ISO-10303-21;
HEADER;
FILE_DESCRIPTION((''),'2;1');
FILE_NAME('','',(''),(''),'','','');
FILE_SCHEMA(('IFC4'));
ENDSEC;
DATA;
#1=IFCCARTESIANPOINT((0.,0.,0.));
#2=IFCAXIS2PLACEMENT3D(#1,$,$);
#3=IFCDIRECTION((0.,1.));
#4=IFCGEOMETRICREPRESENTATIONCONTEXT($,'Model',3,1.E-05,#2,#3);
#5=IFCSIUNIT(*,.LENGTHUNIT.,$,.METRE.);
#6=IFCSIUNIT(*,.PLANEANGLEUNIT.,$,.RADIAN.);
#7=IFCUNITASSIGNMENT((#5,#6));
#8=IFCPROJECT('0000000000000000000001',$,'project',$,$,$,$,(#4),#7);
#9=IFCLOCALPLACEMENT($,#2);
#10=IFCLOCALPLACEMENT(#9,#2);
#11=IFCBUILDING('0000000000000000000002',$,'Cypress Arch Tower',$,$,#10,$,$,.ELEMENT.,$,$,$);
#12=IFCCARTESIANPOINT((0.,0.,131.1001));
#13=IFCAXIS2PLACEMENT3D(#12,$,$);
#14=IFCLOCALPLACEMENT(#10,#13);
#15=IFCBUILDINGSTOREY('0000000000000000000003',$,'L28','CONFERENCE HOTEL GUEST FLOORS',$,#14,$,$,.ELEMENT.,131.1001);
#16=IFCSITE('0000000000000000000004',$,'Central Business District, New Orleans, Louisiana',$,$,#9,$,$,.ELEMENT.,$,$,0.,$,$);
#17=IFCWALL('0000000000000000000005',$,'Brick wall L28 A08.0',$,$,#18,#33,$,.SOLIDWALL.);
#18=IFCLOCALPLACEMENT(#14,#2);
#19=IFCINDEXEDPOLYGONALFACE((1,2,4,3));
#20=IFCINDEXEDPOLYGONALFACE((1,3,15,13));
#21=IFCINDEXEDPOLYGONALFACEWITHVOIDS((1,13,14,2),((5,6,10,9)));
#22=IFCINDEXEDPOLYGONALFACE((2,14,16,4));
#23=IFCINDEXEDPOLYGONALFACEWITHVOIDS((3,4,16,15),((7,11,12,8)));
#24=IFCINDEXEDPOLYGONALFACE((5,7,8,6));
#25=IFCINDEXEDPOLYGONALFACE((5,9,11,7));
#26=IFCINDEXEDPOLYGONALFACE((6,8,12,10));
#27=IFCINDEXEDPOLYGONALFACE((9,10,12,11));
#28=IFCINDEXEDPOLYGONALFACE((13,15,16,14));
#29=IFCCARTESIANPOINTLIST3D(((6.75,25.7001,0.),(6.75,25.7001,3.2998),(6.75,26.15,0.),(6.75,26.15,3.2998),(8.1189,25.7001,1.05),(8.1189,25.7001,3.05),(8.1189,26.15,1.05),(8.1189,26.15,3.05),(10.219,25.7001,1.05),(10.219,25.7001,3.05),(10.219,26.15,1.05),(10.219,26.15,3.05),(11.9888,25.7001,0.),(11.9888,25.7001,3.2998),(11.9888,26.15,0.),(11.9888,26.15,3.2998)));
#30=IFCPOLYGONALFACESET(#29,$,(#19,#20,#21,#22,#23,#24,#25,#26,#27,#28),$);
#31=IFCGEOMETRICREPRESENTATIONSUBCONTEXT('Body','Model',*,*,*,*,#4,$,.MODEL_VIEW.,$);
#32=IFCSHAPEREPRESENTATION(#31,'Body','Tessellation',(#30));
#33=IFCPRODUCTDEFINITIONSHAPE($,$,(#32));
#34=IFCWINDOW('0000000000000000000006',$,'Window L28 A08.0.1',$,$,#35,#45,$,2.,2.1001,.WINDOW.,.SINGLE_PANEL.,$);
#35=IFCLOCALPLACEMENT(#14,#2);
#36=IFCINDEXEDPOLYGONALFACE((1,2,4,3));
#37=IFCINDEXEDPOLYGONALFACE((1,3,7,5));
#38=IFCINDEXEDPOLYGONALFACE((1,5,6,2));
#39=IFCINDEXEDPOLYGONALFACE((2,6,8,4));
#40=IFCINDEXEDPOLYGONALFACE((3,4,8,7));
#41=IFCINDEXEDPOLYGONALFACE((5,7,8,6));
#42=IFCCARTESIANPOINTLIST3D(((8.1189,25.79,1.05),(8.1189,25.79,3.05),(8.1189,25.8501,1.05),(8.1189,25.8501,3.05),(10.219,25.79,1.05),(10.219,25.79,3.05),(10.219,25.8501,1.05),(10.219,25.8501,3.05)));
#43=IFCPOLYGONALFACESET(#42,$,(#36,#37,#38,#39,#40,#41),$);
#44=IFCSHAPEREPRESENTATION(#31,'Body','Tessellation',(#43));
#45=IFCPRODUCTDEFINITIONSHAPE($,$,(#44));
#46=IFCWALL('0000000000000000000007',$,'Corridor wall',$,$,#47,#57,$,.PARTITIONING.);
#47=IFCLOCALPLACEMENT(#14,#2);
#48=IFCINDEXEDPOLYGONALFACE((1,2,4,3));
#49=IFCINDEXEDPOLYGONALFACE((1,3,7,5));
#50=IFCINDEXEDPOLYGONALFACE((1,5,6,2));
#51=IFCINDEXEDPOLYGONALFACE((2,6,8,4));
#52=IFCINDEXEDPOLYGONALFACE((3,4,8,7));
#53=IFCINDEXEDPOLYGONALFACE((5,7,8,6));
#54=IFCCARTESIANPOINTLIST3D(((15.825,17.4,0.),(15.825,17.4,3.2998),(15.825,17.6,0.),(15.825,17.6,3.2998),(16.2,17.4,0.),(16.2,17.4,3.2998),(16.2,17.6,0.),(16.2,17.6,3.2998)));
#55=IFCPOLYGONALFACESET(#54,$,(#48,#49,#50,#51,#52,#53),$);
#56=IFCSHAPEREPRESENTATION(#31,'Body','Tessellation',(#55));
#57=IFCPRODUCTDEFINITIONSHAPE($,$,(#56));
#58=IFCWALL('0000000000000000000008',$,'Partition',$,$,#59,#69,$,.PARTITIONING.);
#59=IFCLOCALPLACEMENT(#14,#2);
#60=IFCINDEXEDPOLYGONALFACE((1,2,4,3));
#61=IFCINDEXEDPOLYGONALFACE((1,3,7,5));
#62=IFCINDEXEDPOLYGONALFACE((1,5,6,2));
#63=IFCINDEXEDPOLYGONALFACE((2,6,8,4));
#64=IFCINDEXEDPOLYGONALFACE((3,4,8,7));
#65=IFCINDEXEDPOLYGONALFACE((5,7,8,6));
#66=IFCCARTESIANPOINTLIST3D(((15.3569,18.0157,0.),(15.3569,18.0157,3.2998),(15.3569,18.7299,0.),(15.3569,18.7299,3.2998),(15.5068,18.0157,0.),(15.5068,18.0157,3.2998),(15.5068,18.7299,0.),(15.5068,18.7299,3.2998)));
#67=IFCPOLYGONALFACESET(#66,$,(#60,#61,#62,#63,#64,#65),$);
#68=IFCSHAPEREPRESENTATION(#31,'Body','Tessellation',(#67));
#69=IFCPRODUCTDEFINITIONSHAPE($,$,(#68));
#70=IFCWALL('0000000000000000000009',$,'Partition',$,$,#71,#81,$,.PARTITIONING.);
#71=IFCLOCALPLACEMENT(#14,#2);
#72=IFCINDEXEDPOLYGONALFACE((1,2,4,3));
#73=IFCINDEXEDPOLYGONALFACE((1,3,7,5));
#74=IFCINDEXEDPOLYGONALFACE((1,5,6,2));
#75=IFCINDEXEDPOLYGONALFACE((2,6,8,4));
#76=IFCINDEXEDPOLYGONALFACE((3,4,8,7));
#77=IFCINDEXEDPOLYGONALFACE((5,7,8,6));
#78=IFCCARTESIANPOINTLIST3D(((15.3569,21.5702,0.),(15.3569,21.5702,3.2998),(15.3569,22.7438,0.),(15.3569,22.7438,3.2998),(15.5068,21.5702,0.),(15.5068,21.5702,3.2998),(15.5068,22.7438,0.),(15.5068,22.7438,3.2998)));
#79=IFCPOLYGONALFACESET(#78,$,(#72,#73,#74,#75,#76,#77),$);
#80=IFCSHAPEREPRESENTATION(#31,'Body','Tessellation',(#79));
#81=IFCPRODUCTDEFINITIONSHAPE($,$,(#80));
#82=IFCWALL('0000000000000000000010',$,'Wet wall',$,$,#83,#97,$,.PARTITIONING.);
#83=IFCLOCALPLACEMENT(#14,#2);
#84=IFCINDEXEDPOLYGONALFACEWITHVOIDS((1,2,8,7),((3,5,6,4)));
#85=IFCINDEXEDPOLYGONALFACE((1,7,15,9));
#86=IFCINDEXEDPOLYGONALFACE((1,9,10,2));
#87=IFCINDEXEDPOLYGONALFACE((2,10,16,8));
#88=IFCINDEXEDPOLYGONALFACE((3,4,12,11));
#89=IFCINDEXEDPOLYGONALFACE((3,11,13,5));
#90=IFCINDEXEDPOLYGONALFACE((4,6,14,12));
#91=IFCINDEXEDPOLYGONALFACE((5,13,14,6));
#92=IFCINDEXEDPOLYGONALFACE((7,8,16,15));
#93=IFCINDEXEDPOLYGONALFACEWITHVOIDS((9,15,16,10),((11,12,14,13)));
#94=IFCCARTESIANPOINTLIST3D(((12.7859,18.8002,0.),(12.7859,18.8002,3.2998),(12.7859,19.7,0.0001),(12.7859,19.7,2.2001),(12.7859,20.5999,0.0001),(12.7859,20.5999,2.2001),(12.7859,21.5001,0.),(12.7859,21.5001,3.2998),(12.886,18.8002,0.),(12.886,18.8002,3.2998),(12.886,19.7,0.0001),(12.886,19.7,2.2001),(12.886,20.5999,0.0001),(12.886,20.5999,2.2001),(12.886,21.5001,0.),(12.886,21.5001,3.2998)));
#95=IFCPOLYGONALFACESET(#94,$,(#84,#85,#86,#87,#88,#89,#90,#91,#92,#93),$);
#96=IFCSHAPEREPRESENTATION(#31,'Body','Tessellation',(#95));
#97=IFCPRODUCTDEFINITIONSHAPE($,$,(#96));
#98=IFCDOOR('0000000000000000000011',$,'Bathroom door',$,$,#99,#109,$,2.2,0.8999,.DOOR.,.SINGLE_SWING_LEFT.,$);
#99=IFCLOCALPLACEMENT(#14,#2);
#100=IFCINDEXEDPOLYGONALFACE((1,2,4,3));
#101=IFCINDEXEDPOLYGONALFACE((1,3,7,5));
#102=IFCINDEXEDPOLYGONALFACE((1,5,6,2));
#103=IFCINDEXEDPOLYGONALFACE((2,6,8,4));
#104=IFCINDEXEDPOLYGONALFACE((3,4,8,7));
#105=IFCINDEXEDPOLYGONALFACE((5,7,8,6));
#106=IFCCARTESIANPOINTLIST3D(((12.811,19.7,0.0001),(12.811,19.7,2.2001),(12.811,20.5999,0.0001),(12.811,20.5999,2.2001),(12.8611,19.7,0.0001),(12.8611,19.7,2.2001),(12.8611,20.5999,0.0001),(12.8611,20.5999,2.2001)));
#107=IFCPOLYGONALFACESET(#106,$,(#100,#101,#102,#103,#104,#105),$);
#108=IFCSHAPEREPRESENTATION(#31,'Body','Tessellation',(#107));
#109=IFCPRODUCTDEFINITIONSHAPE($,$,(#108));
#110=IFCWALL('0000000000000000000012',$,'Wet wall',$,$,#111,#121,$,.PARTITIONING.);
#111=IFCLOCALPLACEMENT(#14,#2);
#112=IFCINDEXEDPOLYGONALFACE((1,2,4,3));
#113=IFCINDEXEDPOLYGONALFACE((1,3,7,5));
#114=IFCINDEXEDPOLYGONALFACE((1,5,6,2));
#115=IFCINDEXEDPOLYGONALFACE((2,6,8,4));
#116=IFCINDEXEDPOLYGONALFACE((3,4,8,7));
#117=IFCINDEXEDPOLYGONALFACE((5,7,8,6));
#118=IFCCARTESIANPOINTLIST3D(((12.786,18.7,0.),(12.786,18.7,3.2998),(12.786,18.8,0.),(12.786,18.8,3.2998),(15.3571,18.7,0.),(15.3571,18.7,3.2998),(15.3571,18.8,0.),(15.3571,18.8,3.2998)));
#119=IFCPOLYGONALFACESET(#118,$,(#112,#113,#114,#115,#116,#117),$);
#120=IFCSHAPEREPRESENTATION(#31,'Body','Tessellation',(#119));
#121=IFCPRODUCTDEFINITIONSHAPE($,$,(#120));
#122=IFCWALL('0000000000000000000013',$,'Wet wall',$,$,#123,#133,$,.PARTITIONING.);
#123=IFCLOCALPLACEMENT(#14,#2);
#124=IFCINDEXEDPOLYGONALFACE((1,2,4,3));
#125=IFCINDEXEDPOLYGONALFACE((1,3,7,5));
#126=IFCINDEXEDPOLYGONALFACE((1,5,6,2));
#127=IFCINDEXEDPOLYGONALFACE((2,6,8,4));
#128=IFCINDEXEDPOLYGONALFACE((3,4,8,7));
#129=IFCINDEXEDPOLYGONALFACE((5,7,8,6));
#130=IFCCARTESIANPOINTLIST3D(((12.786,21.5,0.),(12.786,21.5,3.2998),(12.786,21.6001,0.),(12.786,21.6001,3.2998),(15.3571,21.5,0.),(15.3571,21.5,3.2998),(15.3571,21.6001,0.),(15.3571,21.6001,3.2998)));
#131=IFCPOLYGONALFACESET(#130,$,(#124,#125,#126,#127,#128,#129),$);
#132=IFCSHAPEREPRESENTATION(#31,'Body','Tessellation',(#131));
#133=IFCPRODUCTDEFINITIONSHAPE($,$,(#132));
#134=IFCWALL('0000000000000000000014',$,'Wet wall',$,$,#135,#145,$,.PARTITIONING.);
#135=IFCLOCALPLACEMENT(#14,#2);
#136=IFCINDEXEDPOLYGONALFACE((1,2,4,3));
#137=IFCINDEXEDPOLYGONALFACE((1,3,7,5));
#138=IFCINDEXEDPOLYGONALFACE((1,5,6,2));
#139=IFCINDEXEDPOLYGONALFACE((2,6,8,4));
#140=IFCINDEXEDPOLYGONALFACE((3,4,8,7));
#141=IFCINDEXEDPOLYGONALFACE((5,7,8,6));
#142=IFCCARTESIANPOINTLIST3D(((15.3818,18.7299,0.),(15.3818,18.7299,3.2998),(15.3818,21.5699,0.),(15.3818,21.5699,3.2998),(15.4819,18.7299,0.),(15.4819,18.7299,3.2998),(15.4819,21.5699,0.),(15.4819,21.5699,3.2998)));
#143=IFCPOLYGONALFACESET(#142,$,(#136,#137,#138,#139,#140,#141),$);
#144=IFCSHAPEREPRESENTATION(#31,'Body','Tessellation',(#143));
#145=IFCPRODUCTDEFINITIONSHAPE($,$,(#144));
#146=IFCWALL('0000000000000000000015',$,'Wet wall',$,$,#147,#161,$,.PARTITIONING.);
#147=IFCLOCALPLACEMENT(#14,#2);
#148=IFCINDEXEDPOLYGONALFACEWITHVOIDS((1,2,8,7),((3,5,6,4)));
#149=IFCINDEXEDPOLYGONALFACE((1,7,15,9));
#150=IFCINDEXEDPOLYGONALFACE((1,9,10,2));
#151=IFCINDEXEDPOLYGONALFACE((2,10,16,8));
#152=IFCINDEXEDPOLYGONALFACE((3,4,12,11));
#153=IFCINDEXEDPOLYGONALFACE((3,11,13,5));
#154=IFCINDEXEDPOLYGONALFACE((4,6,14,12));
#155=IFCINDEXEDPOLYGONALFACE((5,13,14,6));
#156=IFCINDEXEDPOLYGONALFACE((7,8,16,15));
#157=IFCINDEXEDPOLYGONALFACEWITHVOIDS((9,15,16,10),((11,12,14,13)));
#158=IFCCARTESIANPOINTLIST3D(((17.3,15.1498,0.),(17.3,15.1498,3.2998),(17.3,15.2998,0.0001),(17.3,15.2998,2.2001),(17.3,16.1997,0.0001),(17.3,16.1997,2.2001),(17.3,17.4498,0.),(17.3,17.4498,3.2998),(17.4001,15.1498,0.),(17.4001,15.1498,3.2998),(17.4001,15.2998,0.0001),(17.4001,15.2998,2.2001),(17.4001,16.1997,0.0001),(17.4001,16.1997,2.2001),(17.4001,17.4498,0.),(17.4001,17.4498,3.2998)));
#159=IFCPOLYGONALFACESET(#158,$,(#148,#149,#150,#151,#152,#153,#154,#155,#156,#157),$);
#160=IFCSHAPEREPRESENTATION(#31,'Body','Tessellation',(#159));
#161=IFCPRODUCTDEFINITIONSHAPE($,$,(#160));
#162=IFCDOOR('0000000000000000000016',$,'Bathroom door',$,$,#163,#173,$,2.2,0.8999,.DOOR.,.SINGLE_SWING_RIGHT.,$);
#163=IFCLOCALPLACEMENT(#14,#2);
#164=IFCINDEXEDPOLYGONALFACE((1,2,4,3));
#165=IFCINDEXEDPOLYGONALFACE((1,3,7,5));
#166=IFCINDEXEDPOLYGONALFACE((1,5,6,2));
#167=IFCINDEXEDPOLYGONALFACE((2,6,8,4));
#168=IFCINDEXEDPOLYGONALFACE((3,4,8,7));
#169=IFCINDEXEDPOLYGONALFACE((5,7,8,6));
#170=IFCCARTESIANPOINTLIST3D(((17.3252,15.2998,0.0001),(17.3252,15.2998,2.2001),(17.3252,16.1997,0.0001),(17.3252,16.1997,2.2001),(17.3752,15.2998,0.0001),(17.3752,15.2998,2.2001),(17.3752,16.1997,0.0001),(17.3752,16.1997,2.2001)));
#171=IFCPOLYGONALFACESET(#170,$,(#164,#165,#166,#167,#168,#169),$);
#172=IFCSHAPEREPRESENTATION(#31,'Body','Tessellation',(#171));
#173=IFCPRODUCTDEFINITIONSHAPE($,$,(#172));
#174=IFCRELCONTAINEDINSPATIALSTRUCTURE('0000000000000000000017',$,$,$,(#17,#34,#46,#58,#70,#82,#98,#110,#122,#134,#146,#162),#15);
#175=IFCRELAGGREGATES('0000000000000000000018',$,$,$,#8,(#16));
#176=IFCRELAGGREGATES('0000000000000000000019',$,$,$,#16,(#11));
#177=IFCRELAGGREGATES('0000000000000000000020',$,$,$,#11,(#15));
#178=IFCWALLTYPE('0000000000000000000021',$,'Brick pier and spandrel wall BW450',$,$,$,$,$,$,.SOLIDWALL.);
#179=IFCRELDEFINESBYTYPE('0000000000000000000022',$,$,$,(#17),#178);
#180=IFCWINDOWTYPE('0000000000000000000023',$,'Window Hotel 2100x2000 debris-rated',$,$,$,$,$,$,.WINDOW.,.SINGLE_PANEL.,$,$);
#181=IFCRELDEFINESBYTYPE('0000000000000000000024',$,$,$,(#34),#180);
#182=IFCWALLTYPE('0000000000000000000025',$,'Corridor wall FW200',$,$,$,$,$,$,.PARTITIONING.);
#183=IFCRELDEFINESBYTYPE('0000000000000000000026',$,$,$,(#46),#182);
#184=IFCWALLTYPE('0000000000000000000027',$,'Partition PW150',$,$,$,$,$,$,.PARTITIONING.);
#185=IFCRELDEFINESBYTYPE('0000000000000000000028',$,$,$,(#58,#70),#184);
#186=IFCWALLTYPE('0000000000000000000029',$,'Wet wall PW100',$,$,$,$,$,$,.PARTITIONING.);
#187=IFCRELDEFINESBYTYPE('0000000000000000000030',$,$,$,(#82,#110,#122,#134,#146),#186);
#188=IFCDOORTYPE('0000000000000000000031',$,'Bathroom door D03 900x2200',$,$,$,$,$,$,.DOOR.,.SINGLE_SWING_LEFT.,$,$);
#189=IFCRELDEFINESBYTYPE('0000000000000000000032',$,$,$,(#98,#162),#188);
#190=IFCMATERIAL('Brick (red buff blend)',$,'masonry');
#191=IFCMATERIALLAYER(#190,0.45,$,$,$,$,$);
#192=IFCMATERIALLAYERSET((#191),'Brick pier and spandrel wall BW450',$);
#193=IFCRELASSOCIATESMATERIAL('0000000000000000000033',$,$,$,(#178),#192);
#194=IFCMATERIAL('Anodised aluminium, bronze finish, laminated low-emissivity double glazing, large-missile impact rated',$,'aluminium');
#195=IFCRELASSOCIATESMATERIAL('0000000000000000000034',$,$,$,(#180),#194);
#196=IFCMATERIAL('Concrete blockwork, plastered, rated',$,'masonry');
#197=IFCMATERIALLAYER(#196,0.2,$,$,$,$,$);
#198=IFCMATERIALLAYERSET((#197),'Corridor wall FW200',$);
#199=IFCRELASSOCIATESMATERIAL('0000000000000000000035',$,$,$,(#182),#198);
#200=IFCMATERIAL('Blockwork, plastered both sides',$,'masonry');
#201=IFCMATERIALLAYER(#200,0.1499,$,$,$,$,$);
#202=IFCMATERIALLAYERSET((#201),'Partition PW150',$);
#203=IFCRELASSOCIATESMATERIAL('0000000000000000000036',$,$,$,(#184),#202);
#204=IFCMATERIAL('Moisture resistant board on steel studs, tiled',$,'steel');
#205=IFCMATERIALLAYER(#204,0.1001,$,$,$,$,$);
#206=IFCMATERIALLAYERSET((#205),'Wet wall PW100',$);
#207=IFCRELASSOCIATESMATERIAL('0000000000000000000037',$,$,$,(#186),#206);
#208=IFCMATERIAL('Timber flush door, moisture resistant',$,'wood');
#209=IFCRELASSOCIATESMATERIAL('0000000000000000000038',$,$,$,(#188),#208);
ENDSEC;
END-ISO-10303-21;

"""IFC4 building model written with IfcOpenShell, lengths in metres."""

from ifc_helpers import new_model, si_unit, direction, frame, frame_2d, origin, place, context, subcontext, project, spatial, rectangle, extrude, material, layer, layer_set, type_object, element, fill, save


model = new_model("IFC4")

# Units and contexts
model_context = context("Model", 3, precision=1e-05, world=origin(), true_north=direction((0.0, 1.0)))
body_context = subcontext(model_context, "Body", "Model", "MODEL_VIEW")
ifc_project = project(units=[si_unit("LENGTHUNIT", "METRE"), si_unit("PLANEANGLEUNIT", "RADIAN")], contexts=[model_context])

# Site, building, storey
site_placement = place(None, origin())
site = spatial("IfcSite", under=ifc_project, at=site_placement, Name="Central Business District, New Orleans, Louisiana", CompositionType="ELEMENT", RefElevation=0.0)
building_placement = place(site_placement, origin())
building = spatial("IfcBuilding", under=site, at=building_placement, Name="Cypress Arch Tower", CompositionType="ELEMENT")
storey_placement = place(building_placement, frame((0.0, 0.0, 131.1001)))
storey = spatial("IfcBuildingStorey", under=building, at=storey_placement, Name="L28", Description="CONFERENCE HOTEL GUEST FLOORS", CompositionType="ELEMENT", Elevation=131.1001)

# Shared definitions
ifc_material_1 = material(Name="Brick (red buff blend)", Category="masonry")
ifc_layer_1 = layer(ifc_material_1, 0.45)
ifc_layer_set_1 = layer_set([ifc_layer_1], Name="Brick pier and spandrel wall BW450")
wall_type_1 = type_object("IfcWallType", Name="Brick pier and spandrel wall BW450", PredefinedType="SOLIDWALL", material=ifc_layer_set_1)

# Wall, opening, window
wall_1_placement = place(storey_placement, frame((11.9888, 25.925, 0.0), z_axis=(0.0, 0.0, 1.0), x_axis=(-1.0, 0.0, 0.0)))
wall_1 = element("IfcWall", 1, at=wall_1_placement, inside=storey, type_object=wall_type_1, Name="Brick wall L28 A08.0", PredefinedType="SOLIDWALL", context=body_context, shape_type="SweptSolid", body=[
    extrude(rectangle(XDim=5.2388, YDim=0.45, at=frame_2d((2.6194, 0.0))), origin(), (0.0, 0.0, 1.0), 3.2998),
])
opening_1_placement = place(wall_1_placement, frame((1.7698, 0.0, 1.05)))
opening_1 = element("IfcOpeningElement", 2, at=opening_1_placement, cuts=wall_1, PredefinedType="OPENING", context=body_context, shape_type="SweptSolid", body=[
    extrude(rectangle(XDim=2.1001, YDim=2.0, at=frame_2d((1.05, 1.0))), frame((0.0, 0.2349, 0.0), z_axis=(0.0, -1.0, 0.0), x_axis=(1.0, 0.0, 0.0)), (0.0, 0.0, 1.0), 0.47),
])
ifc_material_2 = material(Name="Anodised aluminium, bronze finish, laminated low-emissivity double glazing, large-missile impact rated", Category="aluminium")
window_type_1 = type_object("IfcWindowType", Name="Window Hotel 2100x2000 debris-rated", PartitioningType="SINGLE_PANEL", PredefinedType="WINDOW", material=ifc_material_2)
window_1_placement = place(opening_1_placement, origin())
window_1 = element("IfcWindow", 3, at=window_1_placement, inside=storey, type_object=window_type_1, Name="Window L28 A08.0.1", OverallHeight=2.0, OverallWidth=2.1001, PartitioningType="SINGLE_PANEL", PredefinedType="WINDOW", context=body_context, shape_type="SweptSolid", body=[
    extrude(rectangle(XDim=2.1001, YDim=2.0, at=frame_2d((1.05, 1.0))), frame((0.0, 0.135, 0.0), z_axis=(0.0, -1.0, 0.0), x_axis=(1.0, 0.0, 0.0)), (0.0, 0.0, 1.0), 0.0601),
])
fill(opening_1, window_1)

# Walls
ifc_material_3 = material(Name="Concrete blockwork, plastered, rated", Category="masonry")
ifc_layer_2 = layer(ifc_material_3, 0.2)
ifc_layer_set_2 = layer_set([ifc_layer_2], Name="Corridor wall FW200")
wall_type_2 = type_object("IfcWallType", Name="Corridor wall FW200", PredefinedType="PARTITIONING", material=ifc_layer_set_2)
wall_2_placement = place(storey_placement, frame((15.825, 17.5, 0.0), z_axis=(0.0, 0.0, 1.0), x_axis=(1.0, 0.0, 0.0)))
element("IfcWall", 4, at=wall_2_placement, inside=storey, type_object=wall_type_2, Name="Corridor wall", PredefinedType="PARTITIONING", context=body_context, shape_type="SweptSolid", body=[
    extrude(rectangle(XDim=0.375, YDim=0.2, at=frame_2d((0.1875, 0.0))), origin(), (0.0, 0.0, 1.0), 3.2998),
])
ifc_material_4 = material(Name="Blockwork, plastered both sides", Category="masonry")
ifc_layer_3 = layer(ifc_material_4, 0.1499)
ifc_layer_set_3 = layer_set([ifc_layer_3], Name="Partition PW150")
wall_type_3 = type_object("IfcWallType", Name="Partition PW150", PredefinedType="PARTITIONING", material=ifc_layer_set_3)
wall_3_placement = place(storey_placement, frame((15.4319, 18.0159, 0.0), z_axis=(0.0, 0.0, 1.0), x_axis=(0.0, 1.0, 0.0)))
element("IfcWall", 5, at=wall_3_placement, inside=storey, type_object=wall_type_3, Name="Partition", PredefinedType="PARTITIONING", context=body_context, shape_type="SweptSolid", body=[
    extrude(rectangle(XDim=0.7141, YDim=0.1499, at=frame_2d((0.3569, 0.0))), origin(), (0.0, 0.0, 1.0), 3.2998),
])
wall_4_placement = place(storey_placement, frame((15.4319, 21.5701, 0.0), z_axis=(0.0, 0.0, 1.0), x_axis=(0.0, 1.0, 0.0)))
element("IfcWall", 6, at=wall_4_placement, inside=storey, type_object=wall_type_3, Name="Partition", PredefinedType="PARTITIONING", context=body_context, shape_type="SweptSolid", body=[
    extrude(rectangle(XDim=1.1736, YDim=0.1499, at=frame_2d((0.5869, 0.0))), origin(), (0.0, 0.0, 1.0), 3.2998),
])

# Wall, opening, door
ifc_material_5 = material(Name="Moisture resistant board on steel studs, tiled", Category="steel")
ifc_layer_4 = layer(ifc_material_5, 0.1001)
ifc_layer_set_4 = layer_set([ifc_layer_4], Name="Wet wall PW100")
wall_type_4 = type_object("IfcWallType", Name="Wet wall PW100", PredefinedType="PARTITIONING", material=ifc_layer_set_4)
wall_5_placement = place(storey_placement, frame((12.8359, 18.8, 0.0), z_axis=(0.0, 0.0, 1.0), x_axis=(0.0, 1.0, 0.0)))
wall_5 = element("IfcWall", 7, at=wall_5_placement, inside=storey, type_object=wall_type_4, Name="Wet wall", PredefinedType="PARTITIONING", context=body_context, shape_type="SweptSolid", body=[
    extrude(rectangle(XDim=2.7, YDim=0.1001, at=frame_2d((1.3501, 0.0))), origin(), (0.0, 0.0, 1.0), 3.2998),
])
opening_2_placement = place(wall_5_placement, frame((0.8999, 0.0, 0.0)))
opening_2 = element("IfcOpeningElement", 8, at=opening_2_placement, cuts=wall_5, PredefinedType="OPENING", context=body_context, shape_type="SweptSolid", body=[
    extrude(rectangle(XDim=0.8999, YDim=2.2, at=frame_2d((0.45, 1.1001))), frame((0.0, 0.0601, 0.0), z_axis=(0.0, -1.0, 0.0), x_axis=(1.0, 0.0, 0.0)), (0.0, 0.0, 1.0), 0.1201),
])
ifc_material_6 = material(Name="Timber flush door, moisture resistant", Category="wood")
door_type_1 = type_object("IfcDoorType", Name="Bathroom door D03 900x2200", OperationType="SINGLE_SWING_LEFT", PredefinedType="DOOR", material=ifc_material_6)
door_1_placement = place(opening_2_placement, origin())
door_1 = element("IfcDoor", 9, at=door_1_placement, inside=storey, type_object=door_type_1, Name="Bathroom door", OperationType="SINGLE_SWING_LEFT", OverallHeight=2.2, OverallWidth=0.8999, PredefinedType="DOOR", context=body_context, shape_type="SweptSolid", body=[
    extrude(rectangle(XDim=0.8999, YDim=2.2, at=frame_2d((0.45, 1.1001))), frame((0.0, 0.0249, 0.0), z_axis=(0.0, -1.0, 0.0), x_axis=(1.0, 0.0, 0.0)), (0.0, 0.0, 1.0), 0.05),
])
fill(opening_2, door_1)

# Walls
for number, where, z_axis, x_axis, name in (
    (10, (12.7859, 18.75, 0.0), (0.0, 0.0, 1.0), (1.0, 0.0, 0.0), "Wet wall"),
    (11, (12.7859, 21.55, 0.0), (0.0, 0.0, 1.0), (1.0, 0.0, 0.0), "Wet wall"),
):
    element("IfcWall", number, at=place(storey_placement, frame(where, z_axis=z_axis, x_axis=x_axis)), inside=storey, type_object=wall_type_4, Name=name, PredefinedType="PARTITIONING", context=body_context, shape_type="SweptSolid", body=[
        extrude(rectangle(XDim=2.571, YDim=0.1001, at=frame_2d((1.2856, 0.0))), origin(), (0.0, 0.0, 1.0), 3.2998),
    ])
wall_6_placement = place(storey_placement, frame((15.4319, 18.73, 0.0), z_axis=(0.0, 0.0, 1.0), x_axis=(0.0, 1.0, 0.0)))
element("IfcWall", 12, at=wall_6_placement, inside=storey, type_object=wall_type_4, Name="Wet wall", PredefinedType="PARTITIONING", context=body_context, shape_type="SweptSolid", body=[
    extrude(rectangle(XDim=2.8401, YDim=0.1001, at=frame_2d((1.4199, 0.0))), origin(), (0.0, 0.0, 1.0), 3.2998),
])

# Wall, opening, door
wall_7_placement = place(storey_placement, frame((17.3501, 15.1499, 0.0), z_axis=(0.0, 0.0, 1.0), x_axis=(0.0, 1.0, 0.0)))
wall_7 = element("IfcWall", 13, at=wall_7_placement, inside=storey, type_object=wall_type_4, Name="Wet wall", PredefinedType="PARTITIONING", context=body_context, shape_type="SweptSolid", body=[
    extrude(rectangle(XDim=2.3, YDim=0.1001, at=frame_2d((1.1499, 0.0))), origin(), (0.0, 0.0, 1.0), 3.2998),
])
opening_3_placement = place(wall_7_placement, frame((0.1499, 0.0, 0.0)))
opening_3 = element("IfcOpeningElement", 14, at=opening_3_placement, cuts=wall_7, PredefinedType="OPENING", context=body_context, shape_type="SweptSolid", body=[
    extrude(rectangle(XDim=0.8999, YDim=2.2, at=frame_2d((0.45, 1.1001))), frame((0.0, 0.0601, 0.0), z_axis=(0.0, -1.0, 0.0), x_axis=(1.0, 0.0, 0.0)), (0.0, 0.0, 1.0), 0.1201),
])
door_2_placement = place(opening_3_placement, origin())
door_2 = element("IfcDoor", 15, at=door_2_placement, inside=storey, type_object=door_type_1, Name="Bathroom door", OperationType="SINGLE_SWING_RIGHT", OverallHeight=2.2, OverallWidth=0.8999, PredefinedType="DOOR", context=body_context, shape_type="SweptSolid", body=[
    extrude(rectangle(XDim=0.8999, YDim=2.2, at=frame_2d((0.45, 1.1001))), frame((0.0, 0.0249, 0.0), z_axis=(0.0, -1.0, 0.0), x_axis=(1.0, 0.0, 0.0)), (0.0, 0.0, 1.0), 0.05),
])
fill(opening_3, door_2)

save(model, "model.ifc")
